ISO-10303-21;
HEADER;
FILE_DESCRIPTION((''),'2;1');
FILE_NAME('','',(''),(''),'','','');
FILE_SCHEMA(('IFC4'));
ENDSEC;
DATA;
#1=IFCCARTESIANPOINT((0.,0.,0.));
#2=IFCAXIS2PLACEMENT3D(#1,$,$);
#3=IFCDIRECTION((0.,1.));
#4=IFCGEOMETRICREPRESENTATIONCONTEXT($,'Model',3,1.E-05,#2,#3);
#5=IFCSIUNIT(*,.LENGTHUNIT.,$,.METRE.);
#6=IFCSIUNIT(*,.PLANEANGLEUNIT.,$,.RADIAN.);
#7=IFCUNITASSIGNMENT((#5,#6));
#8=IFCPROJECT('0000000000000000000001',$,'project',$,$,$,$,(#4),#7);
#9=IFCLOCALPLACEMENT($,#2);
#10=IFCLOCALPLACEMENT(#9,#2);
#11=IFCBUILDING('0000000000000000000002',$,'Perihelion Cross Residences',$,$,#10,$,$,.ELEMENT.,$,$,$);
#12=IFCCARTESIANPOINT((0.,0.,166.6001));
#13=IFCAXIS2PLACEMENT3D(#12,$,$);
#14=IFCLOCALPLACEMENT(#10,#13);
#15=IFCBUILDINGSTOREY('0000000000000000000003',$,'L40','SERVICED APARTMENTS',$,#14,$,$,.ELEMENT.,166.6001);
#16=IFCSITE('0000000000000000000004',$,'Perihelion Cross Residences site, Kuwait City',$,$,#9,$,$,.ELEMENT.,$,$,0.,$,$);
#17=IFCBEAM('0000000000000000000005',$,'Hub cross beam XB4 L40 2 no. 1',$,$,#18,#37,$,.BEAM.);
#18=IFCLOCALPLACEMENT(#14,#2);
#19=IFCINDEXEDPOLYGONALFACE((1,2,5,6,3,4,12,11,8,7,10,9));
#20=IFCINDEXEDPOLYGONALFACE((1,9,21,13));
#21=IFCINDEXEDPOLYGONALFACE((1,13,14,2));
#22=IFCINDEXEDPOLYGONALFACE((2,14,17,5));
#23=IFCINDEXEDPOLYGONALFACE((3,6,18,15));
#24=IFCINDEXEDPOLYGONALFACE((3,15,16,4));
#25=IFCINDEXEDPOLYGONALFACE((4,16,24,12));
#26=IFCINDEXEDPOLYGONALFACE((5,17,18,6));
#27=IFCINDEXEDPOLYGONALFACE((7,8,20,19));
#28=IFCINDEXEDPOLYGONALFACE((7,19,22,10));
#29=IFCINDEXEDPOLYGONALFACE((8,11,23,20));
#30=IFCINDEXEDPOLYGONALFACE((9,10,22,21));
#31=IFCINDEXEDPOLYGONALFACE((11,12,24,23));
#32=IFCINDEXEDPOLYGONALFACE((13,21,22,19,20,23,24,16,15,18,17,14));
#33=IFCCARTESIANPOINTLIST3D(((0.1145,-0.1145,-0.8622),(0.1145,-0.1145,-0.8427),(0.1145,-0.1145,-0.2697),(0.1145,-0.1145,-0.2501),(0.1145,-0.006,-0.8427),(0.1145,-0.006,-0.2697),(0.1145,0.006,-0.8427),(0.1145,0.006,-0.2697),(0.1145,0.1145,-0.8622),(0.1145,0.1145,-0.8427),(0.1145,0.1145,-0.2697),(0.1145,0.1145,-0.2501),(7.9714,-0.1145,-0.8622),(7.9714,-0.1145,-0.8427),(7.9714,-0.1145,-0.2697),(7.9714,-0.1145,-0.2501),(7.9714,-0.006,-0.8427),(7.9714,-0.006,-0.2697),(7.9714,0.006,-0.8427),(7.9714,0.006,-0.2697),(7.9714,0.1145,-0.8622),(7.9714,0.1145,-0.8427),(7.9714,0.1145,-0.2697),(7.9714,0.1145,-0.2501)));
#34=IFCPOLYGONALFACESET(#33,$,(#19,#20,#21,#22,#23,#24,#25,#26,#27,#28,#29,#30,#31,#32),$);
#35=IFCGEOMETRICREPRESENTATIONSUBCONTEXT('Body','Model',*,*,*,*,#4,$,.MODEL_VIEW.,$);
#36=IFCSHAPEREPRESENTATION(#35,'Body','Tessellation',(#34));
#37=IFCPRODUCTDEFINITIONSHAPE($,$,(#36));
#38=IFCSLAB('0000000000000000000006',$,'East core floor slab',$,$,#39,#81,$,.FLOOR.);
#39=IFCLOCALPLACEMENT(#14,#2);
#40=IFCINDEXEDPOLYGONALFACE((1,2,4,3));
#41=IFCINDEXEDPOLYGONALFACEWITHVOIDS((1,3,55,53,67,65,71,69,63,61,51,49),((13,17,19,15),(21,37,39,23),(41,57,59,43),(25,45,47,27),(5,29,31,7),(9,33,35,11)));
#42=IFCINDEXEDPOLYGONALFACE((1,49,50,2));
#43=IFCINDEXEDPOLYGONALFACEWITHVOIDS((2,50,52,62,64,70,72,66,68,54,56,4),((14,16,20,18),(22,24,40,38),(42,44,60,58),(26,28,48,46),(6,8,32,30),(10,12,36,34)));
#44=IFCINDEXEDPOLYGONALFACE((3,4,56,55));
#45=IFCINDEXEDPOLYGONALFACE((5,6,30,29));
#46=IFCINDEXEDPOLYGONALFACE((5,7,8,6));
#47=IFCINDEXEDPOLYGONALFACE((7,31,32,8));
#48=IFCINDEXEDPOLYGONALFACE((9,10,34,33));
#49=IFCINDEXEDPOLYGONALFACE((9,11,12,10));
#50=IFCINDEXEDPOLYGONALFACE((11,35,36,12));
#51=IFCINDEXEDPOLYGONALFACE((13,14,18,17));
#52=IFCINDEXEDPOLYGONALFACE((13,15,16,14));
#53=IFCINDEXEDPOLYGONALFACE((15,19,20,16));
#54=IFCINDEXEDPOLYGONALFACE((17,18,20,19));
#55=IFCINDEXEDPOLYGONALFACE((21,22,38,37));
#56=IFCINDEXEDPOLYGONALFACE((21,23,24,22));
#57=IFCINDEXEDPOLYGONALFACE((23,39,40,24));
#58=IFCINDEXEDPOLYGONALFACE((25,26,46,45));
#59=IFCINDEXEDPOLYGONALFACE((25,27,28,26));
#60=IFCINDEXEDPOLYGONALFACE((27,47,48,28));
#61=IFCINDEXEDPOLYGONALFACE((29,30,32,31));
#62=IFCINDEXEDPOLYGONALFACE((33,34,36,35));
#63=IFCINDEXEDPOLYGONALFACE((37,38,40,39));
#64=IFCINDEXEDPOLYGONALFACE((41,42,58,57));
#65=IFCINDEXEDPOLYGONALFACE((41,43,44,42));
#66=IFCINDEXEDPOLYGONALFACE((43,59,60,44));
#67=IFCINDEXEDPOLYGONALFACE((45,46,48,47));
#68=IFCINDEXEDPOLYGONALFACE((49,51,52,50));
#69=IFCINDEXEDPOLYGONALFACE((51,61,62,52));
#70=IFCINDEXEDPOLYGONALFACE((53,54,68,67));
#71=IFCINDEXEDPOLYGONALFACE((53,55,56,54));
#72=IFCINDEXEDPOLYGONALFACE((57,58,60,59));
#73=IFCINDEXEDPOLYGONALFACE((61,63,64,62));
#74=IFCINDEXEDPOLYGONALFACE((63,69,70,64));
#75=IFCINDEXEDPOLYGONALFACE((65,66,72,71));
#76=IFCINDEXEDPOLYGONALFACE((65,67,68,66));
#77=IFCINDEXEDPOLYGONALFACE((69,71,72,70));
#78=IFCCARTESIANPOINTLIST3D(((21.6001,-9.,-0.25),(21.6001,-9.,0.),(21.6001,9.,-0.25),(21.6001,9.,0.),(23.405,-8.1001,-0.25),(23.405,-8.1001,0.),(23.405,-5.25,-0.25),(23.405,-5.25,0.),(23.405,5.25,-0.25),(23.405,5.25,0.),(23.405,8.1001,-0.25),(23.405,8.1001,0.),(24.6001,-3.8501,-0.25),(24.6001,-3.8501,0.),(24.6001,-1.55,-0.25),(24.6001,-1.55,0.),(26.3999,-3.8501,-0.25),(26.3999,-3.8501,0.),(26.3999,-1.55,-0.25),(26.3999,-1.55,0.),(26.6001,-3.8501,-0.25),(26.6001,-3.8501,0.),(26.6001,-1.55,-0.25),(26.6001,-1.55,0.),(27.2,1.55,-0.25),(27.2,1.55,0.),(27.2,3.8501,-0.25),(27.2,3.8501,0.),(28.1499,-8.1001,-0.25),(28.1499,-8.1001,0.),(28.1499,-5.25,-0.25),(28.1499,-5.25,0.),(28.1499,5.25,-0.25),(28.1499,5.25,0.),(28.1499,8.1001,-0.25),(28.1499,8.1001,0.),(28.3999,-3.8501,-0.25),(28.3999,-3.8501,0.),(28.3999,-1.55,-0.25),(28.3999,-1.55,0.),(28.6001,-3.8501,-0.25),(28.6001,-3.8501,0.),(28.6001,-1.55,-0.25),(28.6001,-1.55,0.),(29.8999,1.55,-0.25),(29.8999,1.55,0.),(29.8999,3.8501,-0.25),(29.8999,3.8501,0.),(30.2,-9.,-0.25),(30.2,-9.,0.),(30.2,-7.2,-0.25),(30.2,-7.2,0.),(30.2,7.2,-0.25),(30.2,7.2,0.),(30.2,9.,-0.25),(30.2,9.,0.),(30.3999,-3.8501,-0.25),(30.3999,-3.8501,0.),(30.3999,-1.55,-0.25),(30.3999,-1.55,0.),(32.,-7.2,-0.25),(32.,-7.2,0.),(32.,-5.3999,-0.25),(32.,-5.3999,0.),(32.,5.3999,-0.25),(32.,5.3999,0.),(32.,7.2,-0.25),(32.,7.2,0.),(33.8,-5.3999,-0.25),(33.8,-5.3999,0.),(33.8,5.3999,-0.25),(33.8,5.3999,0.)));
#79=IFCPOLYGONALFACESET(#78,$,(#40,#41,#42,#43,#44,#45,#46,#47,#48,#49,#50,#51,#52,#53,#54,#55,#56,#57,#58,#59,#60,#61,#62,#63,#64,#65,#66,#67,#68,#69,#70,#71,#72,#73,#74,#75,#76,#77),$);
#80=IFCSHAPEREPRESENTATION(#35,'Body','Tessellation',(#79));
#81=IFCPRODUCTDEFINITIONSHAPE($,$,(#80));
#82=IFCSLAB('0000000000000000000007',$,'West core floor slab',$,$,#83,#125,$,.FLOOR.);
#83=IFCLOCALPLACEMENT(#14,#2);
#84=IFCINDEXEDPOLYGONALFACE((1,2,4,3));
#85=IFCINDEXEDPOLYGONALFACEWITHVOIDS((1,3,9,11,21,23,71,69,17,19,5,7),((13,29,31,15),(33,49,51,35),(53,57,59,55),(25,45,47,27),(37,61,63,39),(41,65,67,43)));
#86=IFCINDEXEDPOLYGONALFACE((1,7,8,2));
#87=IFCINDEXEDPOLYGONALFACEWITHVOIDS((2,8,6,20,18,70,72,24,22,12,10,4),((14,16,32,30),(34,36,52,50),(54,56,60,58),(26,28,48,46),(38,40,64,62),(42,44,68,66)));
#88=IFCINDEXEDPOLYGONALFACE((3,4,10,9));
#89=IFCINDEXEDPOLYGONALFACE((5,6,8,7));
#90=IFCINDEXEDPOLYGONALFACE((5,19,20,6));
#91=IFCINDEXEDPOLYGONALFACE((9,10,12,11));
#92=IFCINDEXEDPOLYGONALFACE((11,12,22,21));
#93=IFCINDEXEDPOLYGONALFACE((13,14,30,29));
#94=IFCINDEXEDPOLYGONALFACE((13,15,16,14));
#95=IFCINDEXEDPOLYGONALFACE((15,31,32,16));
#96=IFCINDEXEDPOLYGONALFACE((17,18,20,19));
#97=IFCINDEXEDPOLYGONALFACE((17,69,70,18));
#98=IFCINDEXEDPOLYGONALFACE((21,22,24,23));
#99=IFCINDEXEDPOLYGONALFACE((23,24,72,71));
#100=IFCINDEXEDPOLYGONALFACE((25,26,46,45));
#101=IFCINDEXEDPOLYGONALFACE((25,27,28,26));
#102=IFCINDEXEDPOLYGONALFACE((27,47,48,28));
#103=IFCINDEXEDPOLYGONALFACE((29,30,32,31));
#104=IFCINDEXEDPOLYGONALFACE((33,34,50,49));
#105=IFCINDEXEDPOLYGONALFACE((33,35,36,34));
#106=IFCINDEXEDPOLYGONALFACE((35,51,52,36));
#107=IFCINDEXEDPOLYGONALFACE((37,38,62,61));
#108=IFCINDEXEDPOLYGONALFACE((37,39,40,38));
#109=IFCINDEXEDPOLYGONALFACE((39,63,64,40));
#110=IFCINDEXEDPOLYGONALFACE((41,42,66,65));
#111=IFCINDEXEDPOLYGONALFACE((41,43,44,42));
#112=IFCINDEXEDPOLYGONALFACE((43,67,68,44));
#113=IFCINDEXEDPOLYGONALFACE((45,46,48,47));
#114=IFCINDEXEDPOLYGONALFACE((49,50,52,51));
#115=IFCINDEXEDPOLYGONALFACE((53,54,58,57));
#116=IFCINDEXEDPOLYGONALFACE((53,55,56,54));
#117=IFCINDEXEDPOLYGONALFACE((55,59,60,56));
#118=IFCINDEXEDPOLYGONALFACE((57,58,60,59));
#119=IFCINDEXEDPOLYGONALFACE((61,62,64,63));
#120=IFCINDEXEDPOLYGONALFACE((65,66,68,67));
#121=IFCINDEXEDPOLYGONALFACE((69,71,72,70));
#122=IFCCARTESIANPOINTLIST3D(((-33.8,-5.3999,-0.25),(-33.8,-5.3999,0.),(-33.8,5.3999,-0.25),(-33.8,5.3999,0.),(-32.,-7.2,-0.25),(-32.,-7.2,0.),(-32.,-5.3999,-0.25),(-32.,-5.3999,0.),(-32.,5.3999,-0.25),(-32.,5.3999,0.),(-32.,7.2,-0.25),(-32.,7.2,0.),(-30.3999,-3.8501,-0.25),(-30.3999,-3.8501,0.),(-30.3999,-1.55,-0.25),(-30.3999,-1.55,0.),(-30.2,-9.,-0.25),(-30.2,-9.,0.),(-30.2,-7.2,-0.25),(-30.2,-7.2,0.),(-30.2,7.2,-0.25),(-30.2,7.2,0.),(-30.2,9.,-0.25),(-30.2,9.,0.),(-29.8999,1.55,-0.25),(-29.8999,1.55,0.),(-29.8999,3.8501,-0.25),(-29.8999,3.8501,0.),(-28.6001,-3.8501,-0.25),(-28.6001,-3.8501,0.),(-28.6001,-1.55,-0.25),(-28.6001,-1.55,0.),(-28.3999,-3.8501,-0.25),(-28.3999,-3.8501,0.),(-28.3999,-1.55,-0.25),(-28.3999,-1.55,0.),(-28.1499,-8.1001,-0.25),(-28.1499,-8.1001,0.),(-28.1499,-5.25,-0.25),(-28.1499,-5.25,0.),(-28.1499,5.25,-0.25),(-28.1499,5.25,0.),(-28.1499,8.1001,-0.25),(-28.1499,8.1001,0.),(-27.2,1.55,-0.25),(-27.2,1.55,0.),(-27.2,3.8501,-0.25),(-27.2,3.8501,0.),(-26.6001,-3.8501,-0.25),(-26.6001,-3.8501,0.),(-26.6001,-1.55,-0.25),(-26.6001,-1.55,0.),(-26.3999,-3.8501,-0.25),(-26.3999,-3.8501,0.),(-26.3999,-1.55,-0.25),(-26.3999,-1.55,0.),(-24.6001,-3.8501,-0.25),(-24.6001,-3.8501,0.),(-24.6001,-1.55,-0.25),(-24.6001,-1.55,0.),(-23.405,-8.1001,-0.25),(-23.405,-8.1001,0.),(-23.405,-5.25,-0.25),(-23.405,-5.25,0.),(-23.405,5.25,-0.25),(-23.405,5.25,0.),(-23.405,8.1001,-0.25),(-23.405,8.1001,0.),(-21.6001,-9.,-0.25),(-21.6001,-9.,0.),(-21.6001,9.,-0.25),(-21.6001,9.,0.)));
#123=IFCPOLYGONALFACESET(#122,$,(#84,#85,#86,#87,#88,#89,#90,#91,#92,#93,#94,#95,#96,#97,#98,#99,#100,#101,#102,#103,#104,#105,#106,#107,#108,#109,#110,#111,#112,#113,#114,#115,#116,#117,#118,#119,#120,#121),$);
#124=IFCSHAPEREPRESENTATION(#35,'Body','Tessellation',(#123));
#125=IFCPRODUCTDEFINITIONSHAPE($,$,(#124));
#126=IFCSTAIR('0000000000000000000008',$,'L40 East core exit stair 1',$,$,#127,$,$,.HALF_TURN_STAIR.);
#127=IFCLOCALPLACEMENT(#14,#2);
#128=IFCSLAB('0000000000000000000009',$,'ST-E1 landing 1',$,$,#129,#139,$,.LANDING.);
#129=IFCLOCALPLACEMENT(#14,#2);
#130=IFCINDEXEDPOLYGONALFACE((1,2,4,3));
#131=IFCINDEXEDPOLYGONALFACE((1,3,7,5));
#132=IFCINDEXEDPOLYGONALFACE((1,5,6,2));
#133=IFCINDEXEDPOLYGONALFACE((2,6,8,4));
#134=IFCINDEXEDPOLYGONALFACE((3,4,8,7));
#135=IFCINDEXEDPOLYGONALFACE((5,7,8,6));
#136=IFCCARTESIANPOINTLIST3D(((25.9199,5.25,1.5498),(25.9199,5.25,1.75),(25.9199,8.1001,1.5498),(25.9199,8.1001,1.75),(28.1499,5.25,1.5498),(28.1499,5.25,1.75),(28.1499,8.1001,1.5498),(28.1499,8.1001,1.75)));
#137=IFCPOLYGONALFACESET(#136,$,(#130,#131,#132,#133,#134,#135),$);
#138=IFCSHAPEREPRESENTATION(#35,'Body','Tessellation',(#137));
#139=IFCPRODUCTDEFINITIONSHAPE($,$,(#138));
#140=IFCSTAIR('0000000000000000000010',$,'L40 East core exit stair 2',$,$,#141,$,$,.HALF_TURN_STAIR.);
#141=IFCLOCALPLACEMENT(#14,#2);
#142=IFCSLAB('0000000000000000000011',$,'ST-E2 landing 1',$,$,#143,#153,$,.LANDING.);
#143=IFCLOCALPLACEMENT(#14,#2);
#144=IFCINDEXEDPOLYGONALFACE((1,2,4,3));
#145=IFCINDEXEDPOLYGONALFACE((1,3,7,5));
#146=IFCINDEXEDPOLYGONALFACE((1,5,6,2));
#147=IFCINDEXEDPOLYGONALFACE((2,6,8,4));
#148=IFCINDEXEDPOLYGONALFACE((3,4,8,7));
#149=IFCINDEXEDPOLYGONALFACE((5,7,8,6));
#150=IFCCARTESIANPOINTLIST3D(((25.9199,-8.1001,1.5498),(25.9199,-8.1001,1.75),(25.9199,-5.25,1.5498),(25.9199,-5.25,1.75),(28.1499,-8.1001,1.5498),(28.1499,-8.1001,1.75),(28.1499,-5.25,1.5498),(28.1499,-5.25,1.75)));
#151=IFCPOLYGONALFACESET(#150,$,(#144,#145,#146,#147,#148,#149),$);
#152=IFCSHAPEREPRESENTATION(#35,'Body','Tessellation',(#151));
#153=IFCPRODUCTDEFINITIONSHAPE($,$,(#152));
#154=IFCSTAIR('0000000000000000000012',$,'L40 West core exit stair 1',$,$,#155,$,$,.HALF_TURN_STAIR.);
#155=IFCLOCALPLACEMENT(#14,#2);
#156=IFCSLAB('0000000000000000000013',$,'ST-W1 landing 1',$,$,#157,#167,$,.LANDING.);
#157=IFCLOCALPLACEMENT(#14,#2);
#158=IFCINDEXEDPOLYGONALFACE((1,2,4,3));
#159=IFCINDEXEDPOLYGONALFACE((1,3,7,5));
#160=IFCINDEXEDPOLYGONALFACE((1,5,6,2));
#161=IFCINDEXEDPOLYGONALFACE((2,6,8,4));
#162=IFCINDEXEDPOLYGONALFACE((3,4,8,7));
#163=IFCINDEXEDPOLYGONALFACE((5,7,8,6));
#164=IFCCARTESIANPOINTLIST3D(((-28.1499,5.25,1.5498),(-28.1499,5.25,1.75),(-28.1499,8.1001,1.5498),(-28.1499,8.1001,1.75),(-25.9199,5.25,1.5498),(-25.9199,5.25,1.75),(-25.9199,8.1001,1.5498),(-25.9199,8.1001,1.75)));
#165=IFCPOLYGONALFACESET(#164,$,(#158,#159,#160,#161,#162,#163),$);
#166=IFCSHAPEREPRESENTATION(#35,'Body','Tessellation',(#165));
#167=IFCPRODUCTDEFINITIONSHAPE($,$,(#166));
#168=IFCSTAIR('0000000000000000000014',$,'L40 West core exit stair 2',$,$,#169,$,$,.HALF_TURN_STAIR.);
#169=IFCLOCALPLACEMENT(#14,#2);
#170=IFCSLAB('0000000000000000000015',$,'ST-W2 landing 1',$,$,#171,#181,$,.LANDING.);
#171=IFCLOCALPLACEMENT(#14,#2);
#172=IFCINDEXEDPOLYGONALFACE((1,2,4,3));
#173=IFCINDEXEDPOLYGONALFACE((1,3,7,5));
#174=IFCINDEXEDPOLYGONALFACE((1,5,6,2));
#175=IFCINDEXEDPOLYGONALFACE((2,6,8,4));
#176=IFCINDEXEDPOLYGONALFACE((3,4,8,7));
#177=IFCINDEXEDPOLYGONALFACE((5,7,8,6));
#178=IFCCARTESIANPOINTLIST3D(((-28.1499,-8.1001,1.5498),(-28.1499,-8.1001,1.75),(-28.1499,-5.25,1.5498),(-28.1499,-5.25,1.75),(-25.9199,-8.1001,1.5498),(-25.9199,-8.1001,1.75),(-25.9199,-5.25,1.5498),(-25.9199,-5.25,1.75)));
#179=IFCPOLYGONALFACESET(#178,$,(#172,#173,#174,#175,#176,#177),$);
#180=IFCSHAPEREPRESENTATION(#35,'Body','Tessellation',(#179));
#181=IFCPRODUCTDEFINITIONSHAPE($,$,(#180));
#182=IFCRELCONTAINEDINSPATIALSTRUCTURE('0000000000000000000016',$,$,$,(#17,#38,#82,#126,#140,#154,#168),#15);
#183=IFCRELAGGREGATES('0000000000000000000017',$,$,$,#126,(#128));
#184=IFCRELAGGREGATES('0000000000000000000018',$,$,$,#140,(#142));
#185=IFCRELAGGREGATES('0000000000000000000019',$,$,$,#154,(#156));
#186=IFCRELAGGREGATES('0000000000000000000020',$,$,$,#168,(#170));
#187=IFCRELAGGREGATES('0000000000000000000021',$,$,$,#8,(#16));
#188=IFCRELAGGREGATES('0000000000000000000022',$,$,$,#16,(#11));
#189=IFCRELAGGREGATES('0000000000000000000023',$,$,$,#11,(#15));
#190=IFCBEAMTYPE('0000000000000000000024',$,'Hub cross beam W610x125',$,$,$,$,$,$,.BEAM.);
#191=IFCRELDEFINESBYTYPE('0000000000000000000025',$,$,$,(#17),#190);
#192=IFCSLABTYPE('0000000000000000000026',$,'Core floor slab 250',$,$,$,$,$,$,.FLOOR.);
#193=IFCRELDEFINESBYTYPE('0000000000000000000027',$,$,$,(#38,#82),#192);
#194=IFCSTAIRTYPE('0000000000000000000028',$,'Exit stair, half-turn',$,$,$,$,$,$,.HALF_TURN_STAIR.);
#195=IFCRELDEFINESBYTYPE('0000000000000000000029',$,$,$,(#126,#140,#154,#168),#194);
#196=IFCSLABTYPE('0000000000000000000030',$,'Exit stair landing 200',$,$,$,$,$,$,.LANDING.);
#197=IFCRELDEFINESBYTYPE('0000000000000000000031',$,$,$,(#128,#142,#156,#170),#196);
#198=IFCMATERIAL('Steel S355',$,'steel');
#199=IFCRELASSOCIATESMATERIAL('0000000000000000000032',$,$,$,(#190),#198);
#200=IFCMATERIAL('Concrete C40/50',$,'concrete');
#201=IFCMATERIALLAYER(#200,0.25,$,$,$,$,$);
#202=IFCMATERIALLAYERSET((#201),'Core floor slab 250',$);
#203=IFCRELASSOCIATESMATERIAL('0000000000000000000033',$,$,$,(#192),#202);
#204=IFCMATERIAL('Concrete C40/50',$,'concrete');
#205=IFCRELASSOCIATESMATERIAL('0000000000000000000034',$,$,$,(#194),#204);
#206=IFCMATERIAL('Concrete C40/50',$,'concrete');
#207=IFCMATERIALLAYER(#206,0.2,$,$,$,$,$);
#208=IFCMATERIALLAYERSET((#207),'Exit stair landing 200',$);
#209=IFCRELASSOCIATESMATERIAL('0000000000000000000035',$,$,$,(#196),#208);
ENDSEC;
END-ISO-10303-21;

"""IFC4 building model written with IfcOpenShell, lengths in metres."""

from ifc_helpers import new_model, si_unit, direction, frame, origin, origin_2d, place, context, subcontext, project, spatial, polyline, i_section, outline, extrude, material, layer, layer_set, material_profile, profile_set, type_object, element, aggregate, save


model = new_model("IFC4")

# Units and contexts
model_context = context("Model", 3, precision=1e-05, world=origin(), true_north=direction((0.0, 1.0)))
body_context = subcontext(model_context, "Body", "Model", "MODEL_VIEW")
ifc_project = project(units=[si_unit("LENGTHUNIT", "METRE"), si_unit("PLANEANGLEUNIT", "RADIAN")], contexts=[model_context])

# Site, building, storey
site_placement = place(None, origin())
site = spatial("IfcSite", under=ifc_project, at=site_placement, Name="Perihelion Cross Residences site, Kuwait City", CompositionType="ELEMENT", RefElevation=0.0)
building_placement = place(site_placement, origin())
building = spatial("IfcBuilding", under=site, at=building_placement, Name="Perihelion Cross Residences", CompositionType="ELEMENT")
storey_placement = place(building_placement, frame((0.0, 0.0, 166.6001)))
storey = spatial("IfcBuildingStorey", under=building, at=storey_placement, Name="L40", Description="SERVICED APARTMENTS", CompositionType="ELEMENT", Elevation=166.6001)

# Beam
ifc_material_1 = material(Name="Steel S355", Category="steel")
ifc_material_profile = material_profile(ifc_material_1, i_section(OverallWidth=0.229, OverallDepth=0.6121, WebThickness=0.012, FlangeThickness=0.0195, at=origin_2d()), Name="W610x125")
ifc_profile_set = profile_set([ifc_material_profile], Name="Steel S355")
beam_type = type_object("IfcBeamType", Name="Hub cross beam W610x125", PredefinedType="BEAM", material=ifc_profile_set)
beam_placement = place(storey_placement, frame((0.1145, 0.0, -0.5562), z_axis=(1.0, 0.0, 0.0), x_axis=(0.0, 1.0, 0.0)))
element("IfcBeam", 1, at=beam_placement, inside=storey, type_object=beam_type, Name="Hub cross beam XB4 L40 2 no. 1", PredefinedType="BEAM", context=body_context, shape_type="SweptSolid", body=[
    extrude(i_section(OverallWidth=0.229, OverallDepth=0.6121, WebThickness=0.012, FlangeThickness=0.0195, at=origin_2d()), origin(), (0.0, 0.0, 1.0), 7.8569),
])

# Slabs
ifc_material_2 = material(Name="Concrete C40/50", Category="concrete")
ifc_layer_1 = layer(ifc_material_2, 0.25)
ifc_layer_set_1 = layer_set([ifc_layer_1], Name="Core floor slab 250")
slab_type_1 = type_object("IfcSlabType", Name="Core floor slab 250", PredefinedType="FLOOR", material=ifc_layer_set_1)
slab_1_placement = place(storey_placement, frame((0.0, 0.0, -0.25)))
element("IfcSlab", 2, at=slab_1_placement, inside=storey, type_object=slab_type_1, Name="East core floor slab", PredefinedType="FLOOR", context=body_context, shape_type="SweptSolid", body=[
    extrude(outline(polyline([(30.2, 7.2), (32.0, 7.2), (32.0, 5.3999), (33.8, 5.3999), (33.8, -5.3999), (32.0, -5.3999), (32.0, -7.2), (30.2, -7.2), (30.2, -9.0), (21.6001, -9.0), (21.6001, 9.0), (30.2, 9.0), (30.2, 7.2)]), holes=[polyline([(28.1499, -8.1001), (28.1499, -5.25), (23.405, -5.25), (23.405, -8.1001), (28.1499, -8.1001)]), polyline([(24.6001, -1.55), (24.6001, -3.8501), (26.3999, -3.8501), (26.3999, -1.55), (24.6001, -1.55)]), polyline([(26.6001, -1.55), (26.6001, -3.8501), (28.3999, -3.8501), (28.3999, -1.55), (26.6001, -1.55)]), polyline([(28.6001, -3.8501), (30.3999, -3.8501), (30.3999, -1.55), (28.6001, -1.55), (28.6001, -3.8501)]), polyline([(27.2, 3.8501), (27.2, 1.55), (29.8999, 1.55), (29.8999, 3.8501), (27.2, 3.8501)]), polyline([(23.405, 5.25), (28.1499, 5.25), (28.1499, 8.1001), (23.405, 8.1001), (23.405, 5.25)])]), origin(), (0.0, 0.0, 1.0), 0.25),
])
slab_2_placement = place(storey_placement, frame((0.0, 0.0, -0.25)))
element("IfcSlab", 3, at=slab_2_placement, inside=storey, type_object=slab_type_1, Name="West core floor slab", PredefinedType="FLOOR", context=body_context, shape_type="SweptSolid", body=[
    extrude(outline(polyline([(-30.2, 7.2), (-32.0, 7.2), (-32.0, 5.3999), (-33.8, 5.3999), (-33.8, -5.3999), (-32.0, -5.3999), (-32.0, -7.2), (-30.2, -7.2), (-30.2, -9.0), (-21.6001, -9.0), (-21.6001, 9.0), (-30.2, 9.0), (-30.2, 7.2)]), holes=[polyline([(-28.1499, -8.1001), (-28.1499, -5.25), (-23.405, -5.25), (-23.405, -8.1001), (-28.1499, -8.1001)]), polyline([(-24.6001, -1.55), (-24.6001, -3.8501), (-26.3999, -3.8501), (-26.3999, -1.55), (-24.6001, -1.55)]), polyline([(-26.6001, -1.55), (-26.6001, -3.8501), (-28.3999, -3.8501), (-28.3999, -1.55), (-26.6001, -1.55)]), polyline([(-28.6001, -3.8501), (-30.3999, -3.8501), (-30.3999, -1.55), (-28.6001, -1.55), (-28.6001, -3.8501)]), polyline([(-27.2, 3.8501), (-27.2, 1.55), (-29.8999, 1.55), (-29.8999, 3.8501), (-27.2, 3.8501)]), polyline([(-23.405, 5.25), (-28.1499, 5.25), (-28.1499, 8.1001), (-23.405, 8.1001), (-23.405, 5.25)])]), origin(), (0.0, 0.0, 1.0), 0.25),
])

# Stairs, slabs
ifc_material_3 = material(Name="Concrete C40/50", Category="concrete")
stair_type = type_object("IfcStairType", Name="Exit stair, half-turn", PredefinedType="HALF_TURN_STAIR", material=ifc_material_3)
stair_1_placement = place(storey_placement, origin())
stair_1 = element("IfcStair", 4, at=stair_1_placement, inside=storey, type_object=stair_type, Name="L40 East core exit stair 1", PredefinedType="HALF_TURN_STAIR")
ifc_material_4 = material(Name="Concrete C40/50", Category="concrete")
ifc_layer_2 = layer(ifc_material_4, 0.2)
ifc_layer_set_2 = layer_set([ifc_layer_2], Name="Exit stair landing 200")
slab_type_2 = type_object("IfcSlabType", Name="Exit stair landing 200", PredefinedType="LANDING", material=ifc_layer_set_2)
slab_3_placement = place(storey_placement, frame((0.0, 0.0, 1.5498)))
slab_3 = element("IfcSlab", 5, at=slab_3_placement, type_object=slab_type_2, Name="ST-E1 landing 1", PredefinedType="LANDING", context=body_context, shape_type="SweptSolid", body=[
    extrude(outline(polyline([(25.9199, 5.25), (28.1499, 5.25), (28.1499, 8.1001), (25.9199, 8.1001), (25.9199, 5.25)])), origin(), (0.0, 0.0, 1.0), 0.2002),
])
aggregate(stair_1, [slab_3])
stair_2_placement = place(storey_placement, origin())
stair_2 = element("IfcStair", 6, at=stair_2_placement, inside=storey, type_object=stair_type, Name="L40 East core exit stair 2", PredefinedType="HALF_TURN_STAIR")
slab_4_placement = place(storey_placement, frame((0.0, 0.0, 1.5498)))
slab_4 = element("IfcSlab", 7, at=slab_4_placement, type_object=slab_type_2, Name="ST-E2 landing 1", PredefinedType="LANDING", context=body_context, shape_type="SweptSolid", body=[
    extrude(outline(polyline([(25.9199, -8.1001), (28.1499, -8.1001), (28.1499, -5.25), (25.9199, -5.25), (25.9199, -8.1001)])), origin(), (0.0, 0.0, 1.0), 0.2002),
])
aggregate(stair_2, [slab_4])
stair_3_placement = place(storey_placement, origin())
stair_3 = element("IfcStair", 8, at=stair_3_placement, inside=storey, type_object=stair_type, Name="L40 West core exit stair 1", PredefinedType="HALF_TURN_STAIR")
slab_5_placement = place(storey_placement, frame((0.0, 0.0, 1.5498)))
slab_5 = element("IfcSlab", 9, at=slab_5_placement, type_object=slab_type_2, Name="ST-W1 landing 1", PredefinedType="LANDING", context=body_context, shape_type="SweptSolid", body=[
    extrude(outline(polyline([(-25.9199, 8.1001), (-28.1499, 8.1001), (-28.1499, 5.25), (-25.9199, 5.25), (-25.9199, 8.1001)])), origin(), (0.0, 0.0, 1.0), 0.2002),
])
aggregate(stair_3, [slab_5])
stair_4_placement = place(storey_placement, origin())
stair_4 = element("IfcStair", 10, at=stair_4_placement, inside=storey, type_object=stair_type, Name="L40 West core exit stair 2", PredefinedType="HALF_TURN_STAIR")
slab_6_placement = place(storey_placement, frame((0.0, 0.0, 1.5498)))
slab_6 = element("IfcSlab", 11, at=slab_6_placement, type_object=slab_type_2, Name="ST-W2 landing 1", PredefinedType="LANDING", context=body_context, shape_type="SweptSolid", body=[
    extrude(outline(polyline([(-25.9199, -5.25), (-28.1499, -5.25), (-28.1499, -8.1001), (-25.9199, -8.1001), (-25.9199, -5.25)])), origin(), (0.0, 0.0, 1.0), 0.2002),
])
aggregate(stair_4, [slab_6])

save(model, "model.ifc")
